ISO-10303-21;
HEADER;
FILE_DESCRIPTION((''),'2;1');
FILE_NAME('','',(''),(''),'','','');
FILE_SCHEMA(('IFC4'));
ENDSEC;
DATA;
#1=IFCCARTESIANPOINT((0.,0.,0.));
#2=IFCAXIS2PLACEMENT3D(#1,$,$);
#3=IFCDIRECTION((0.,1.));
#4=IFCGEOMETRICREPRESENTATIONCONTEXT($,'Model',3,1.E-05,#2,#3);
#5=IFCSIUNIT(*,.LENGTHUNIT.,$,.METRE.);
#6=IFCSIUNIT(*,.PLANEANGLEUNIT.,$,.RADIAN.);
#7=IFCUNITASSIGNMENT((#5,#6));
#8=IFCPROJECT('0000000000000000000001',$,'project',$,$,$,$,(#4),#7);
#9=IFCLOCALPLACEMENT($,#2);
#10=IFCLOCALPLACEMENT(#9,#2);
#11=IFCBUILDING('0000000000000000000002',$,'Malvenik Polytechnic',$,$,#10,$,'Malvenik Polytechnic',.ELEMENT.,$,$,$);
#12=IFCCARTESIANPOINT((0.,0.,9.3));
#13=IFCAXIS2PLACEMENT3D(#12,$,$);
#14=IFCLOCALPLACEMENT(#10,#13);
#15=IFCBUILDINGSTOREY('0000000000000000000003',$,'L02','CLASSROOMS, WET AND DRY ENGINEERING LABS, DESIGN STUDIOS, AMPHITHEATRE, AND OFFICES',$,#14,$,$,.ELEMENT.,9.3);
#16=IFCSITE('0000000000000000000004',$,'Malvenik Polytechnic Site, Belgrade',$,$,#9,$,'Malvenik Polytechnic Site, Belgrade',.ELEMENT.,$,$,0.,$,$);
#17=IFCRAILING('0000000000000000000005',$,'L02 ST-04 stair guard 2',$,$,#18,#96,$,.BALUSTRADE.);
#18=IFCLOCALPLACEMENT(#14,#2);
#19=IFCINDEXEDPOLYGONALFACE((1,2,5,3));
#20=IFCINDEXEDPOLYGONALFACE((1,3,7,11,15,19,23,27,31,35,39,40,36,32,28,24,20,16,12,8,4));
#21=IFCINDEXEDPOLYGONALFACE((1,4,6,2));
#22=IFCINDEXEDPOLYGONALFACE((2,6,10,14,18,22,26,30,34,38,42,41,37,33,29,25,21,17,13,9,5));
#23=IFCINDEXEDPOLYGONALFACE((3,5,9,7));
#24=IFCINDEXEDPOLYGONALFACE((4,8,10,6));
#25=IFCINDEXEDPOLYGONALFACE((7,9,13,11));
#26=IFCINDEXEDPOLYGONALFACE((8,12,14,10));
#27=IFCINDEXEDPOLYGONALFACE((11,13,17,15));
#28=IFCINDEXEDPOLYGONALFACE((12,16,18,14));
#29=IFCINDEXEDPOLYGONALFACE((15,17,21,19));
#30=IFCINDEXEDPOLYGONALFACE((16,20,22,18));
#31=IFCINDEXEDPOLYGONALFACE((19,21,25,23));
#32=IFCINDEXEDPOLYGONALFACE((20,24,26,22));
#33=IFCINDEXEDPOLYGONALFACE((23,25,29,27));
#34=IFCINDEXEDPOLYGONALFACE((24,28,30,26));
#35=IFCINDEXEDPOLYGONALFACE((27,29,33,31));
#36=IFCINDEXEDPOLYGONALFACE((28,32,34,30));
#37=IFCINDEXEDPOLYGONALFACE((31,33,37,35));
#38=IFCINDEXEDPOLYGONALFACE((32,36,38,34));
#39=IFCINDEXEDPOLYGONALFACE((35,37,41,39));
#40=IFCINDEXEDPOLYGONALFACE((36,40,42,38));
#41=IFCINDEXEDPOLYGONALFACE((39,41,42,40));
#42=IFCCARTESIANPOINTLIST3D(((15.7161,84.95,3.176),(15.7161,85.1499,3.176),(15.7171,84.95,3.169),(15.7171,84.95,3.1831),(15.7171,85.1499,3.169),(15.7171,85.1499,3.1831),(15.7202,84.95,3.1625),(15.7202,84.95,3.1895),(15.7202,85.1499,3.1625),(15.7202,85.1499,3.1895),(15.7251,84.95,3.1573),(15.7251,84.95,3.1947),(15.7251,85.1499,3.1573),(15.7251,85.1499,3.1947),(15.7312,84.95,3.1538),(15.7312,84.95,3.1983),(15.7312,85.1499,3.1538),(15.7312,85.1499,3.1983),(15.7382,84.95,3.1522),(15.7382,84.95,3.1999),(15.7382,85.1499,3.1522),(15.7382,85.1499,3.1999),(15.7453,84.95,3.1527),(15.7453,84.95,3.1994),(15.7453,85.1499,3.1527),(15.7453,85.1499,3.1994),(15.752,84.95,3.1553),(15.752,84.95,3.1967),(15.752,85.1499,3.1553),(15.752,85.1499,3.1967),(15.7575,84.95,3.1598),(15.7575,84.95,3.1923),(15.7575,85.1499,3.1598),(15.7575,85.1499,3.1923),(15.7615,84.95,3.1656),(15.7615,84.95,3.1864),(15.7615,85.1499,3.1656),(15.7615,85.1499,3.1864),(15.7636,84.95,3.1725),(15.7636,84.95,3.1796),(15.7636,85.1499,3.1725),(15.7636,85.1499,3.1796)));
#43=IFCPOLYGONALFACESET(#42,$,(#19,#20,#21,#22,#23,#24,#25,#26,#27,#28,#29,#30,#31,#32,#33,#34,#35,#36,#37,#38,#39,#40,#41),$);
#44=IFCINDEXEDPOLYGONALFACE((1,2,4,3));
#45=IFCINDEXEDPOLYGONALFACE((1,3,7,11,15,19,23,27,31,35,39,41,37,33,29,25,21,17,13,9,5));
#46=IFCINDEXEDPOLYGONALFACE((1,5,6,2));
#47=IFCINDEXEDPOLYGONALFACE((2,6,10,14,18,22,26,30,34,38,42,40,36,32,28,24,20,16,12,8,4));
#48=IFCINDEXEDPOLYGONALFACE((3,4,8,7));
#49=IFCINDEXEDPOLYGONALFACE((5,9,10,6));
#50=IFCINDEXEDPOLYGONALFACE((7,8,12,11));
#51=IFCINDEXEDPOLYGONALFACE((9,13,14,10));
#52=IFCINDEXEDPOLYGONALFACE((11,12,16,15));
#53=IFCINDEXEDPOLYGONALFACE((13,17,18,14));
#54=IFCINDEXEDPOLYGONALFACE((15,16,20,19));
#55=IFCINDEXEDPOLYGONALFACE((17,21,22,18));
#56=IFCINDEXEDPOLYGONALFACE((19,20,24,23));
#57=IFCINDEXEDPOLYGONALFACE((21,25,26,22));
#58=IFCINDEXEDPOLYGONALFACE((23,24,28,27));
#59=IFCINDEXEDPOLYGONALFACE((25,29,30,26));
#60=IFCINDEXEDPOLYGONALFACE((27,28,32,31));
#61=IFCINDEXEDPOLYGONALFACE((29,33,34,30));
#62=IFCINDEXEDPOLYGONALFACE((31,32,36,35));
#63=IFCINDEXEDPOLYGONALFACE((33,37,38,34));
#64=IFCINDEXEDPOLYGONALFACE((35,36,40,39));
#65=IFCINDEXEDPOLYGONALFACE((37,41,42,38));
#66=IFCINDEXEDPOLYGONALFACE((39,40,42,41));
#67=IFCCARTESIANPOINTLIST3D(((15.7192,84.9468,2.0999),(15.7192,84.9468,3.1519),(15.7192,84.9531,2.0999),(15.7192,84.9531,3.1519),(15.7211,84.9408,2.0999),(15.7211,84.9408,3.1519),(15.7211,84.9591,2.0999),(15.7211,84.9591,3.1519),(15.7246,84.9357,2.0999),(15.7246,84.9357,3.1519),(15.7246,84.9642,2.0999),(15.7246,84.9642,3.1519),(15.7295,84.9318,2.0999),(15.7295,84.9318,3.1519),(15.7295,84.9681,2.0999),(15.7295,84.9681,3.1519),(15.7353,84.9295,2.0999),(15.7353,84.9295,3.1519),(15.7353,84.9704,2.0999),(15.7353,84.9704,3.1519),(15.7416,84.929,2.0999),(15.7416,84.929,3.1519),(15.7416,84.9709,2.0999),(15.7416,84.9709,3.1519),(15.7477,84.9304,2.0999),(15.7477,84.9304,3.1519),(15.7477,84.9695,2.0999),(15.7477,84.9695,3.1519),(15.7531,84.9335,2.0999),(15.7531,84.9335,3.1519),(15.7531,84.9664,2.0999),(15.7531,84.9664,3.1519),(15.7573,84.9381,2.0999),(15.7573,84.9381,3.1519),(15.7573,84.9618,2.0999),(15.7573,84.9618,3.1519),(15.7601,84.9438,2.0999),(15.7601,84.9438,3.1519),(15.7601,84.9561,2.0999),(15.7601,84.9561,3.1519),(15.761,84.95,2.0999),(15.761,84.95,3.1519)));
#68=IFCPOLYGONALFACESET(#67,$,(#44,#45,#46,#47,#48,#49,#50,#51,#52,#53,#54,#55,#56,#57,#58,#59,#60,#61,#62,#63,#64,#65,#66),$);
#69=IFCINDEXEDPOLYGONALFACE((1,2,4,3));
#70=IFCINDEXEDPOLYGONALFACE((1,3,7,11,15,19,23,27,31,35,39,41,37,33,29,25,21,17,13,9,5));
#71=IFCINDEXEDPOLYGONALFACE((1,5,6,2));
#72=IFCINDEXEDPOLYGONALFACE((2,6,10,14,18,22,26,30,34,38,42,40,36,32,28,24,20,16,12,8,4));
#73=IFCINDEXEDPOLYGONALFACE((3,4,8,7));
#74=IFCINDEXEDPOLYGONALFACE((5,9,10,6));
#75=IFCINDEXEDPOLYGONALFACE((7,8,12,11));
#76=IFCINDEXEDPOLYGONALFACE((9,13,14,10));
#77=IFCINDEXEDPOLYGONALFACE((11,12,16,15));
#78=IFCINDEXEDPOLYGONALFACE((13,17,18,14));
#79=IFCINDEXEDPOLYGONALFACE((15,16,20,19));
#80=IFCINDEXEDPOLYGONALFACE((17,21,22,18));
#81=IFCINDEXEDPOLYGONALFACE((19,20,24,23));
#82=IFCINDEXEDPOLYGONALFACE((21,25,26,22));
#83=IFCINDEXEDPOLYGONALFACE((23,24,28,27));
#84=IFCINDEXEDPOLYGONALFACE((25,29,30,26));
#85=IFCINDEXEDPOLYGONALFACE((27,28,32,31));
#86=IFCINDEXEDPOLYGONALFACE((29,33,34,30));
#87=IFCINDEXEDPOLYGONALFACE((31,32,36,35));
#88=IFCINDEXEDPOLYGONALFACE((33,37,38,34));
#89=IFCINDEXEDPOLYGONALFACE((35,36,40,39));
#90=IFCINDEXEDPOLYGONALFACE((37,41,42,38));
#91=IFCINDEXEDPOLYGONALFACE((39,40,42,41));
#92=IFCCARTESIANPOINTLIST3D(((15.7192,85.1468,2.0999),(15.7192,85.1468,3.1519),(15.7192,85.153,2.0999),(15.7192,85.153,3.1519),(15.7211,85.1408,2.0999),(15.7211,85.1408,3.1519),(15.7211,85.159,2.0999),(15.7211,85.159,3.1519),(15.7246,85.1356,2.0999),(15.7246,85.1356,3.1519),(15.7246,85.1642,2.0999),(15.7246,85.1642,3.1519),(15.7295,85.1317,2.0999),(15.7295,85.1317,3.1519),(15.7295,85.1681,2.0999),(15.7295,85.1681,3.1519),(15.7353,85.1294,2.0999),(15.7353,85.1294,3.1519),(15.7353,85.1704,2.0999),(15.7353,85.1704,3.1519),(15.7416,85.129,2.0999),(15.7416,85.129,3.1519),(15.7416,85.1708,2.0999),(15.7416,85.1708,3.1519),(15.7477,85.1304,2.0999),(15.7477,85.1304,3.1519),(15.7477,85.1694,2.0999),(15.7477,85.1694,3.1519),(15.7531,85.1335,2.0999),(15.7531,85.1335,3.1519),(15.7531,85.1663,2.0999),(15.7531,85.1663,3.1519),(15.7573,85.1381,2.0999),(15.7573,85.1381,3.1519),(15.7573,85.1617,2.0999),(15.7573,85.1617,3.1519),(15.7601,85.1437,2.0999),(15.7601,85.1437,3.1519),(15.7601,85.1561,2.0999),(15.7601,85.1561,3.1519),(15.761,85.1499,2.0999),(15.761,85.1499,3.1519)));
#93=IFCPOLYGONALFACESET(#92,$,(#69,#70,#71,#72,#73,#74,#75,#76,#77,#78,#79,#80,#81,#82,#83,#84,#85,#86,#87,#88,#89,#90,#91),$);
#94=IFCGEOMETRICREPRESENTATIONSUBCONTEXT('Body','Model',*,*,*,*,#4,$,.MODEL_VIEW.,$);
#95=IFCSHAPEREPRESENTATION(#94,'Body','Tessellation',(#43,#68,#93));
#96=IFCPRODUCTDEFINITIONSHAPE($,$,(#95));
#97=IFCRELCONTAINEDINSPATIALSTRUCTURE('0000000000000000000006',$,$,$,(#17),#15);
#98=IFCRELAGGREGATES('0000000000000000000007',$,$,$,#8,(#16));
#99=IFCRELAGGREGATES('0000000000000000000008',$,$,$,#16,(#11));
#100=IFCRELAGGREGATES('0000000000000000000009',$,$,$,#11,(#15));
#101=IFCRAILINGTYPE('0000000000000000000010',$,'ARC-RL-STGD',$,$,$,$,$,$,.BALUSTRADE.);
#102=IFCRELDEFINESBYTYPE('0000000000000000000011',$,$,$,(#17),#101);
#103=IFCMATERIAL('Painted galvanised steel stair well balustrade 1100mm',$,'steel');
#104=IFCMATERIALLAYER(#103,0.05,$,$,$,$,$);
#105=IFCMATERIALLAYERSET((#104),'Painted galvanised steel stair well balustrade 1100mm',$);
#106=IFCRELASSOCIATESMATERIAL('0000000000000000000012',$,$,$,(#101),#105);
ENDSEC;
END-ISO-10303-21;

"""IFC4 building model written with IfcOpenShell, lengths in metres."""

from ifc_helpers import new_model, si_unit, direction, frame, origin, origin_2d, place, context, subcontext, project, spatial, circle, extrude, material, layer, layer_set, type_object, element, save


model = new_model("IFC4")

# Units and contexts
model_context = context("Model", 3, precision=1e-05, world=origin(), true_north=direction((0.0, 1.0)))
body_context = subcontext(model_context, "Body", "Model", "MODEL_VIEW")
ifc_project = project(units=[si_unit("LENGTHUNIT", "METRE"), si_unit("PLANEANGLEUNIT", "RADIAN")], contexts=[model_context])

# Site, building, storey
site_placement = place(None, origin())
site = spatial("IfcSite", under=ifc_project, at=site_placement, Name="Malvenik Polytechnic Site, Belgrade", LongName="Malvenik Polytechnic Site, Belgrade", CompositionType="ELEMENT", RefElevation=0.0)
building_placement = place(site_placement, origin())
building = spatial("IfcBuilding", under=site, at=building_placement, Name="Malvenik Polytechnic", LongName="Malvenik Polytechnic", CompositionType="ELEMENT")
storey_placement = place(building_placement, frame((0.0, 0.0, 9.3)))
storey = spatial("IfcBuildingStorey", under=building, at=storey_placement, Name="L02", Description="CLASSROOMS, WET AND DRY ENGINEERING LABS, DESIGN STUDIOS, AMPHITHEATRE, AND OFFICES", CompositionType="ELEMENT", Elevation=9.3)

# Railing
ifc_material_1 = material(Name="Painted galvanised steel stair well balustrade 1100mm", Category="steel")
ifc_layer_1 = layer(ifc_material_1, 0.05)
ifc_layer_set_1 = layer_set([ifc_layer_1], Name="Painted galvanised steel stair well balustrade 1100mm")
railing_type_1 = type_object("IfcRailingType", Name="ARC-RL-STGD", PredefinedType="BALUSTRADE", material=ifc_layer_set_1)
railing_1_placement = place(storey_placement, frame((15.74, 84.95, 2.0999)))
element("IfcRailing", 1, at=railing_1_placement, inside=storey, type_object=railing_type_1, Name="L02 ST-04 stair guard 2", PredefinedType="BALUSTRADE", context=body_context, shape_type="SweptSolid", body=[
    extrude(circle(Radius=0.0239, at=origin_2d()), frame((0.0, 0.0, 1.0762), z_axis=(0.0, 1.0, 0.0), x_axis=(-1.0, 0.0, 0.0)), (0.0, 0.0, 1.0), 0.2),
    extrude(circle(Radius=0.021, at=origin_2d()), origin(), (0.0, 0.0, 1.0), 1.052),
    extrude(circle(Radius=0.021, at=origin_2d()), frame((0.0, 0.2, 0.0)), (0.0, 0.0, 1.0), 1.052),
])

save(model, "model.ifc")
